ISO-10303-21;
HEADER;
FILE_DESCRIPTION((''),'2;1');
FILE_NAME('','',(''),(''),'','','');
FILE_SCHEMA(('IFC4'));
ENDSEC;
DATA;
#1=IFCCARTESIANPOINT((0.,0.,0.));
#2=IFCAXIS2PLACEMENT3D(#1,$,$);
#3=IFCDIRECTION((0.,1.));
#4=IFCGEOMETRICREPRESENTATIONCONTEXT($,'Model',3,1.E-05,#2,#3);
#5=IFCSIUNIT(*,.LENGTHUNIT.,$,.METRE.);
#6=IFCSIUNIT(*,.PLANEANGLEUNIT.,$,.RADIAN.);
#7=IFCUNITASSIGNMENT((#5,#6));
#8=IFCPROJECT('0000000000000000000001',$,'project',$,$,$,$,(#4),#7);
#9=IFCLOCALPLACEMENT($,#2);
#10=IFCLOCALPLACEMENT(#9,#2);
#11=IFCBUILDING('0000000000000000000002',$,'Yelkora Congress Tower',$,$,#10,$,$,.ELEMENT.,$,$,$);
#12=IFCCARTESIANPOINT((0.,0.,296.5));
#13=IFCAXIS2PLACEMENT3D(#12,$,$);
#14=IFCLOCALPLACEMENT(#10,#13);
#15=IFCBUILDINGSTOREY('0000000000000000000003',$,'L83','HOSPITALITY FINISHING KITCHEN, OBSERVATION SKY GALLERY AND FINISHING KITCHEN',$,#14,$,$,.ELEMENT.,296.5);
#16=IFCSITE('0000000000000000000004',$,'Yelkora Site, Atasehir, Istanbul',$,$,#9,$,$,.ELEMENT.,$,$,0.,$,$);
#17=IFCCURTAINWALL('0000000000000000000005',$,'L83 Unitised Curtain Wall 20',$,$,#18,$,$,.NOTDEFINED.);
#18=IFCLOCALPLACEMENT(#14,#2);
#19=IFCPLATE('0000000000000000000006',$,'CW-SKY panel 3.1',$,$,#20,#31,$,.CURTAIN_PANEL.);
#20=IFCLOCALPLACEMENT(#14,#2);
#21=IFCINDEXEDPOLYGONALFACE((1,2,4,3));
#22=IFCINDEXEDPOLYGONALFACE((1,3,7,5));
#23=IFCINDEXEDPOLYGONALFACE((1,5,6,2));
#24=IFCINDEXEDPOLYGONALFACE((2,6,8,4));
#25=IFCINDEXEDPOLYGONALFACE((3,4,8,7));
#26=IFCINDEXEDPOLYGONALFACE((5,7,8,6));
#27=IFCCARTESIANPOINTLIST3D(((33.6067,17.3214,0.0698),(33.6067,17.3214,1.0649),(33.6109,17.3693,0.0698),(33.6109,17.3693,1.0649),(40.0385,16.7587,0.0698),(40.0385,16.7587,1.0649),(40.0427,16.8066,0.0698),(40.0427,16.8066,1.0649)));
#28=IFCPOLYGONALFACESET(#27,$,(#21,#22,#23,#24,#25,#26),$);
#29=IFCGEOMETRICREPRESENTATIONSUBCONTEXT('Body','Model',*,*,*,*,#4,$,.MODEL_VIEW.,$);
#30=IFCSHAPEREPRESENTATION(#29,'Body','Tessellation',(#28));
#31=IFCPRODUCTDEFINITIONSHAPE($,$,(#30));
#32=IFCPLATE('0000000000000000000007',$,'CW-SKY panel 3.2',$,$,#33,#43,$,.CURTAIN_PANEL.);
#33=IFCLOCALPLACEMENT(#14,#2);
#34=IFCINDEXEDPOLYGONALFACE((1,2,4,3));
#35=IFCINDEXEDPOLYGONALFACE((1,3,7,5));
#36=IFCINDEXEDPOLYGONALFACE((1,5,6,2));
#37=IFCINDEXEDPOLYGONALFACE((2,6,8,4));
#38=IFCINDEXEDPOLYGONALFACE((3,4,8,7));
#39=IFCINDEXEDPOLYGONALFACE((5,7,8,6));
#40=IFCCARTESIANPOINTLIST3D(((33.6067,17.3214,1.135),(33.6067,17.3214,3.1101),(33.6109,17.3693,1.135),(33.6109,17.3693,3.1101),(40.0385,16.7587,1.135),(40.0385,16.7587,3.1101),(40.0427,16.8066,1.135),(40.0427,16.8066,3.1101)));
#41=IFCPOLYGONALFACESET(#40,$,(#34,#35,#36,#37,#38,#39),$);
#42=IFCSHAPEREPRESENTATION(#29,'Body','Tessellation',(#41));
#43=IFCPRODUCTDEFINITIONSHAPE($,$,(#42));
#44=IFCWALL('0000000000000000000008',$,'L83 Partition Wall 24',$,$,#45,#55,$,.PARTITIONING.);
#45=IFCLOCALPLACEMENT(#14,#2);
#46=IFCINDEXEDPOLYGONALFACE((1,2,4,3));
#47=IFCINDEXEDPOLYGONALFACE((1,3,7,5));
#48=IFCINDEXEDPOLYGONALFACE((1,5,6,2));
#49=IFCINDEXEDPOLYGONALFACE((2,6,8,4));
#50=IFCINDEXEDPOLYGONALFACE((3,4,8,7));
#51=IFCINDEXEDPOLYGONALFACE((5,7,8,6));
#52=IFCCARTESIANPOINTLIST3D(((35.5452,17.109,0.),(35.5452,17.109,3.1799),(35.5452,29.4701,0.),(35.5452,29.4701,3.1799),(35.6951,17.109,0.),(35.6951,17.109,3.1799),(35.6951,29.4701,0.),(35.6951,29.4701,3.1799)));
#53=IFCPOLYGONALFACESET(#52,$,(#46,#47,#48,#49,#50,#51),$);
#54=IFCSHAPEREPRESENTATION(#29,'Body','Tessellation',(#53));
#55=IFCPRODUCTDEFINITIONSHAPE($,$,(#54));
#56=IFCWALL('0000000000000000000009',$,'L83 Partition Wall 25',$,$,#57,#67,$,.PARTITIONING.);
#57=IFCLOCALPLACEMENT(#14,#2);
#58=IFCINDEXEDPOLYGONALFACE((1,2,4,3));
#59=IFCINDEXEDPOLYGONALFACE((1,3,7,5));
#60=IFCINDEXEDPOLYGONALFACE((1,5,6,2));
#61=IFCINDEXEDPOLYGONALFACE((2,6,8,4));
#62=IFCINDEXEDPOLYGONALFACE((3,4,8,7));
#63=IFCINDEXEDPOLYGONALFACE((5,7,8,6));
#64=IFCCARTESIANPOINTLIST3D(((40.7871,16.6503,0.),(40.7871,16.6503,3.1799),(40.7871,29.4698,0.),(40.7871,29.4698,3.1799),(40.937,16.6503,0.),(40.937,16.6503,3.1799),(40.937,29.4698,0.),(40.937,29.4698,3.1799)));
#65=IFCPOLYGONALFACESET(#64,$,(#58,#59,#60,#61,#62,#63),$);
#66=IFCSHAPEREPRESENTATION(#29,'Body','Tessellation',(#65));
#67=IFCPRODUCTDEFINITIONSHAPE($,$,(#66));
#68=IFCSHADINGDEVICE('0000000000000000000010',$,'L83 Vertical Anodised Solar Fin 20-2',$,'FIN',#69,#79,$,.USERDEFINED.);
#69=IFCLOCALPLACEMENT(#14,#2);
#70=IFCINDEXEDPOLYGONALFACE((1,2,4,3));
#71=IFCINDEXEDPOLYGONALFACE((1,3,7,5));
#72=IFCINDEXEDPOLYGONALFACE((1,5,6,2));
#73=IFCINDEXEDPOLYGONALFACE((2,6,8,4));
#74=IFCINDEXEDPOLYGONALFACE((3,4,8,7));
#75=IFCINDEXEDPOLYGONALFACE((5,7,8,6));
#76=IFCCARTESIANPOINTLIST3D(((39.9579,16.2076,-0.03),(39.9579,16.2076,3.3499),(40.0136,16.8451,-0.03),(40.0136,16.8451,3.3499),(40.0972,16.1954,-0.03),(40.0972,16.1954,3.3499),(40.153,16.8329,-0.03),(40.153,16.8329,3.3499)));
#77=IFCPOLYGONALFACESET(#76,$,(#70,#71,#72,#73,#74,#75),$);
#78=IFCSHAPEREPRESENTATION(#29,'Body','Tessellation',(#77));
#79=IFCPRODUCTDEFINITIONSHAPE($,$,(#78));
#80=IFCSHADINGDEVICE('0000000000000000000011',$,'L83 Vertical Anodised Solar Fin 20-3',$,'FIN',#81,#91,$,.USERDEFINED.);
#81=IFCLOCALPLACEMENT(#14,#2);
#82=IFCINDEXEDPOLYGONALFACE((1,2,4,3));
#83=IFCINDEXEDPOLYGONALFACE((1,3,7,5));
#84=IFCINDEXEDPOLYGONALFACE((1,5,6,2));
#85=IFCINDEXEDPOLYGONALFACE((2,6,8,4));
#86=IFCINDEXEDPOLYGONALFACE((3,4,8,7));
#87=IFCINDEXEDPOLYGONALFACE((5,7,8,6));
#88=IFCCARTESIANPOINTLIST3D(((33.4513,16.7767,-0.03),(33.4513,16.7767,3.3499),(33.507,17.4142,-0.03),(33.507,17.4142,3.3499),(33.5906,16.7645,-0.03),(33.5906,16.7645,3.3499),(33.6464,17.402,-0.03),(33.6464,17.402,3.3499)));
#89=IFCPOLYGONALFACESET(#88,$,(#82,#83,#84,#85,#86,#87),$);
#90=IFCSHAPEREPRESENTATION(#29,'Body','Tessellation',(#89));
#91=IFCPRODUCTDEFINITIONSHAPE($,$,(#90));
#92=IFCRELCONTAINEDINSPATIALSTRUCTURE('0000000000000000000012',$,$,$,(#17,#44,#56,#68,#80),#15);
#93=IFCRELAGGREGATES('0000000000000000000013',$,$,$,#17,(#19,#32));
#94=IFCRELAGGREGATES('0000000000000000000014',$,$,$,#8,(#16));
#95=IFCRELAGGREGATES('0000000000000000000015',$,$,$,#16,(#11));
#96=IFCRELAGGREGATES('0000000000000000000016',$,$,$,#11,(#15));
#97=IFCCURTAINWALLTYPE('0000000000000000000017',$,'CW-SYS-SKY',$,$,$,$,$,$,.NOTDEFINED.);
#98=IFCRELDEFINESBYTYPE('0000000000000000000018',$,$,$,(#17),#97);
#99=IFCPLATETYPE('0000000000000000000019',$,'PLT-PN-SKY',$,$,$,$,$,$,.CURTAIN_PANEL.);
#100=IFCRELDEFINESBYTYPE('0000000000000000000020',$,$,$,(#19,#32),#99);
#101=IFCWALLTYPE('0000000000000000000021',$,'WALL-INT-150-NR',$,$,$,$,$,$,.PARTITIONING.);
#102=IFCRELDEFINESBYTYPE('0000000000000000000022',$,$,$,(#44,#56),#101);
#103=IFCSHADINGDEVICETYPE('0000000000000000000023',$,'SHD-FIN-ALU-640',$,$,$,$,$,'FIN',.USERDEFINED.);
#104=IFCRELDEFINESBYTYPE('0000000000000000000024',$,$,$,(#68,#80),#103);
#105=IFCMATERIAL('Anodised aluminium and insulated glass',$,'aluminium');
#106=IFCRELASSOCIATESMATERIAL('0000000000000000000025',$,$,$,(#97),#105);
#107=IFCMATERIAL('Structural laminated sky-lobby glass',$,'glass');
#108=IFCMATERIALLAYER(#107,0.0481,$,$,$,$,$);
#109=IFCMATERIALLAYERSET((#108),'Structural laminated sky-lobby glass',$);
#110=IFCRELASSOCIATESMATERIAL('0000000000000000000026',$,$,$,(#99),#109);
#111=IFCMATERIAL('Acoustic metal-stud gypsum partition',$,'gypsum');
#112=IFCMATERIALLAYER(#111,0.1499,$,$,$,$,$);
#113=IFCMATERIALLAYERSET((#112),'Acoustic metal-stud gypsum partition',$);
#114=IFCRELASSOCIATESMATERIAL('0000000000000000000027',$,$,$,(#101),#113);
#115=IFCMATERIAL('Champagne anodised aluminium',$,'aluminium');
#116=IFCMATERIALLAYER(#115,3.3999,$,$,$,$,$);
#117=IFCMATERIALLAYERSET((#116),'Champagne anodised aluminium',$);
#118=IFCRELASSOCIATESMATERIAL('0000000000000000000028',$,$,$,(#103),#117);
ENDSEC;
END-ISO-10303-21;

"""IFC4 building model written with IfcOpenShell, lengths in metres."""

from ifc_helpers import new_model, si_unit, direction, frame, frame_2d, origin, origin_2d, place, context, subcontext, project, spatial, rectangle, extrude, material, layer, layer_set, type_object, element, aggregate, save


model = new_model("IFC4")

# Units and contexts
model_context = context("Model", 3, precision=1e-05, world=origin(), true_north=direction((0.0, 1.0)))
body_context = subcontext(model_context, "Body", "Model", "MODEL_VIEW")
ifc_project = project(units=[si_unit("LENGTHUNIT", "METRE"), si_unit("PLANEANGLEUNIT", "RADIAN")], contexts=[model_context])

# Site, building, storey
site_placement = place(None, origin())
site = spatial("IfcSite", under=ifc_project, at=site_placement, Name="Yelkora Site, Atasehir, Istanbul", CompositionType="ELEMENT", RefElevation=0.0)
building_placement = place(site_placement, origin())
building = spatial("IfcBuilding", under=site, at=building_placement, Name="Yelkora Congress Tower", CompositionType="ELEMENT")
storey_placement = place(building_placement, frame((0.0, 0.0, 296.5)))
storey = spatial("IfcBuildingStorey", under=building, at=storey_placement, Name="L83", Description="HOSPITALITY FINISHING KITCHEN, OBSERVATION SKY GALLERY AND FINISHING KITCHEN", CompositionType="ELEMENT", Elevation=296.5)

# Curtain wall, plates
ifc_material_1 = material(Name="Anodised aluminium and insulated glass", Category="aluminium")
curtain_wall_type = type_object("IfcCurtainWallType", Name="CW-SYS-SKY", PredefinedType="NOTDEFINED", material=ifc_material_1)
curtain_wall_placement = place(storey_placement, origin())
curtain_wall = element("IfcCurtainWall", 1, at=curtain_wall_placement, inside=storey, type_object=curtain_wall_type, Name="L83 Unitised Curtain Wall 20", PredefinedType="NOTDEFINED")
ifc_material_2 = material(Name="Structural laminated sky-lobby glass", Category="glass")
ifc_layer_1 = layer(ifc_material_2, 0.0481)
ifc_layer_set_1 = layer_set([ifc_layer_1], Name="Structural laminated sky-lobby glass")
plate_type = type_object("IfcPlateType", Name="PLT-PN-SKY", PredefinedType="CURTAIN_PANEL", material=ifc_layer_set_1)
plate_1_placement = place(storey_placement, frame((36.8247, 17.064, 0.0698), z_axis=(0.0, 0.0, 1.0), x_axis=(-0.996195, 0.087157, 0.0)))
plate_1 = element("IfcPlate", 2, at=plate_1_placement, type_object=plate_type, Name="CW-SKY panel 3.1", PredefinedType="CURTAIN_PANEL", context=body_context, shape_type="SweptSolid", body=[
    extrude(rectangle(XDim=6.4563, YDim=0.0481, at=origin_2d()), origin(), (0.0, 0.0, 1.0), 0.9951),
])
plate_2_placement = place(storey_placement, frame((36.8247, 17.064, 1.135), z_axis=(0.0, 0.0, 1.0), x_axis=(-0.996195, 0.087157, 0.0)))
plate_2 = element("IfcPlate", 3, at=plate_2_placement, type_object=plate_type, Name="CW-SKY panel 3.2", PredefinedType="CURTAIN_PANEL", context=body_context, shape_type="SweptSolid", body=[
    extrude(rectangle(XDim=6.4563, YDim=0.0481, at=origin_2d()), origin(), (0.0, 0.0, 1.0), 1.9751),
])
aggregate(curtain_wall, [plate_1, plate_2])

# Walls
ifc_material_3 = material(Name="Acoustic metal-stud gypsum partition", Category="gypsum")
ifc_layer_2 = layer(ifc_material_3, 0.1499)
ifc_layer_set_2 = layer_set([ifc_layer_2], Name="Acoustic metal-stud gypsum partition")
wall_type = type_object("IfcWallType", Name="WALL-INT-150-NR", PredefinedType="PARTITIONING", material=ifc_layer_set_2)
wall_1_placement = place(storey_placement, frame((35.6201, 17.1089, 0.0), z_axis=(0.0, 0.0, 1.0), x_axis=(0.0, 1.0, 0.0)))
element("IfcWall", 4, at=wall_1_placement, inside=storey, type_object=wall_type, Name="L83 Partition Wall 24", PredefinedType="PARTITIONING", context=body_context, shape_type="SweptSolid", body=[
    extrude(rectangle(XDim=12.3611, YDim=0.1499, at=frame_2d((6.1807, 0.0))), origin(), (0.0, 0.0, 1.0), 3.1799),
])
wall_2_placement = place(storey_placement, frame((40.8621, 16.6504, 0.0), z_axis=(0.0, 0.0, 1.0), x_axis=(0.0, 1.0, 0.0)))
element("IfcWall", 5, at=wall_2_placement, inside=storey, type_object=wall_type, Name="L83 Partition Wall 25", PredefinedType="PARTITIONING", context=body_context, shape_type="SweptSolid", body=[
    extrude(rectangle(XDim=12.8196, YDim=0.1499, at=frame_2d((6.4097, 0.0))), origin(), (0.0, 0.0, 1.0), 3.1799),
])

# Shading devices
ifc_material_4 = material(Name="Champagne anodised aluminium", Category="aluminium")
ifc_layer_3 = layer(ifc_material_4, 3.3999)
ifc_layer_set_3 = layer_set([ifc_layer_3], Name="Champagne anodised aluminium")
shading_device_type = type_object("IfcShadingDeviceType", Name="SHD-FIN-ALU-640", ElementType="FIN", PredefinedType="USERDEFINED", material=ifc_layer_set_3)
for number, where, z_axis, x_axis, name in (
    (6, (40.0554, 16.5203, -0.03), (0.0, 0.0, 1.0), (-0.996195, 0.087156, 0.0), "L83 Vertical Anodised Solar Fin 20-2"),
    (7, (33.5488, 17.0894, -0.03), (0.0, 0.0, 1.0), (-0.996195, 0.087156, 0.0), "L83 Vertical Anodised Solar Fin 20-3"),
):
    element("IfcShadingDevice", number, at=place(storey_placement, frame(where, z_axis=z_axis, x_axis=x_axis)), inside=storey, type_object=shading_device_type, Name=name, ObjectType="FIN", PredefinedType="USERDEFINED", context=body_context, shape_type="SweptSolid", body=[
        extrude(rectangle(XDim=0.1399, YDim=0.6399, at=origin_2d()), origin(), (0.0, 0.0, 1.0), 3.3799),
    ])

save(model, "model.ifc")
